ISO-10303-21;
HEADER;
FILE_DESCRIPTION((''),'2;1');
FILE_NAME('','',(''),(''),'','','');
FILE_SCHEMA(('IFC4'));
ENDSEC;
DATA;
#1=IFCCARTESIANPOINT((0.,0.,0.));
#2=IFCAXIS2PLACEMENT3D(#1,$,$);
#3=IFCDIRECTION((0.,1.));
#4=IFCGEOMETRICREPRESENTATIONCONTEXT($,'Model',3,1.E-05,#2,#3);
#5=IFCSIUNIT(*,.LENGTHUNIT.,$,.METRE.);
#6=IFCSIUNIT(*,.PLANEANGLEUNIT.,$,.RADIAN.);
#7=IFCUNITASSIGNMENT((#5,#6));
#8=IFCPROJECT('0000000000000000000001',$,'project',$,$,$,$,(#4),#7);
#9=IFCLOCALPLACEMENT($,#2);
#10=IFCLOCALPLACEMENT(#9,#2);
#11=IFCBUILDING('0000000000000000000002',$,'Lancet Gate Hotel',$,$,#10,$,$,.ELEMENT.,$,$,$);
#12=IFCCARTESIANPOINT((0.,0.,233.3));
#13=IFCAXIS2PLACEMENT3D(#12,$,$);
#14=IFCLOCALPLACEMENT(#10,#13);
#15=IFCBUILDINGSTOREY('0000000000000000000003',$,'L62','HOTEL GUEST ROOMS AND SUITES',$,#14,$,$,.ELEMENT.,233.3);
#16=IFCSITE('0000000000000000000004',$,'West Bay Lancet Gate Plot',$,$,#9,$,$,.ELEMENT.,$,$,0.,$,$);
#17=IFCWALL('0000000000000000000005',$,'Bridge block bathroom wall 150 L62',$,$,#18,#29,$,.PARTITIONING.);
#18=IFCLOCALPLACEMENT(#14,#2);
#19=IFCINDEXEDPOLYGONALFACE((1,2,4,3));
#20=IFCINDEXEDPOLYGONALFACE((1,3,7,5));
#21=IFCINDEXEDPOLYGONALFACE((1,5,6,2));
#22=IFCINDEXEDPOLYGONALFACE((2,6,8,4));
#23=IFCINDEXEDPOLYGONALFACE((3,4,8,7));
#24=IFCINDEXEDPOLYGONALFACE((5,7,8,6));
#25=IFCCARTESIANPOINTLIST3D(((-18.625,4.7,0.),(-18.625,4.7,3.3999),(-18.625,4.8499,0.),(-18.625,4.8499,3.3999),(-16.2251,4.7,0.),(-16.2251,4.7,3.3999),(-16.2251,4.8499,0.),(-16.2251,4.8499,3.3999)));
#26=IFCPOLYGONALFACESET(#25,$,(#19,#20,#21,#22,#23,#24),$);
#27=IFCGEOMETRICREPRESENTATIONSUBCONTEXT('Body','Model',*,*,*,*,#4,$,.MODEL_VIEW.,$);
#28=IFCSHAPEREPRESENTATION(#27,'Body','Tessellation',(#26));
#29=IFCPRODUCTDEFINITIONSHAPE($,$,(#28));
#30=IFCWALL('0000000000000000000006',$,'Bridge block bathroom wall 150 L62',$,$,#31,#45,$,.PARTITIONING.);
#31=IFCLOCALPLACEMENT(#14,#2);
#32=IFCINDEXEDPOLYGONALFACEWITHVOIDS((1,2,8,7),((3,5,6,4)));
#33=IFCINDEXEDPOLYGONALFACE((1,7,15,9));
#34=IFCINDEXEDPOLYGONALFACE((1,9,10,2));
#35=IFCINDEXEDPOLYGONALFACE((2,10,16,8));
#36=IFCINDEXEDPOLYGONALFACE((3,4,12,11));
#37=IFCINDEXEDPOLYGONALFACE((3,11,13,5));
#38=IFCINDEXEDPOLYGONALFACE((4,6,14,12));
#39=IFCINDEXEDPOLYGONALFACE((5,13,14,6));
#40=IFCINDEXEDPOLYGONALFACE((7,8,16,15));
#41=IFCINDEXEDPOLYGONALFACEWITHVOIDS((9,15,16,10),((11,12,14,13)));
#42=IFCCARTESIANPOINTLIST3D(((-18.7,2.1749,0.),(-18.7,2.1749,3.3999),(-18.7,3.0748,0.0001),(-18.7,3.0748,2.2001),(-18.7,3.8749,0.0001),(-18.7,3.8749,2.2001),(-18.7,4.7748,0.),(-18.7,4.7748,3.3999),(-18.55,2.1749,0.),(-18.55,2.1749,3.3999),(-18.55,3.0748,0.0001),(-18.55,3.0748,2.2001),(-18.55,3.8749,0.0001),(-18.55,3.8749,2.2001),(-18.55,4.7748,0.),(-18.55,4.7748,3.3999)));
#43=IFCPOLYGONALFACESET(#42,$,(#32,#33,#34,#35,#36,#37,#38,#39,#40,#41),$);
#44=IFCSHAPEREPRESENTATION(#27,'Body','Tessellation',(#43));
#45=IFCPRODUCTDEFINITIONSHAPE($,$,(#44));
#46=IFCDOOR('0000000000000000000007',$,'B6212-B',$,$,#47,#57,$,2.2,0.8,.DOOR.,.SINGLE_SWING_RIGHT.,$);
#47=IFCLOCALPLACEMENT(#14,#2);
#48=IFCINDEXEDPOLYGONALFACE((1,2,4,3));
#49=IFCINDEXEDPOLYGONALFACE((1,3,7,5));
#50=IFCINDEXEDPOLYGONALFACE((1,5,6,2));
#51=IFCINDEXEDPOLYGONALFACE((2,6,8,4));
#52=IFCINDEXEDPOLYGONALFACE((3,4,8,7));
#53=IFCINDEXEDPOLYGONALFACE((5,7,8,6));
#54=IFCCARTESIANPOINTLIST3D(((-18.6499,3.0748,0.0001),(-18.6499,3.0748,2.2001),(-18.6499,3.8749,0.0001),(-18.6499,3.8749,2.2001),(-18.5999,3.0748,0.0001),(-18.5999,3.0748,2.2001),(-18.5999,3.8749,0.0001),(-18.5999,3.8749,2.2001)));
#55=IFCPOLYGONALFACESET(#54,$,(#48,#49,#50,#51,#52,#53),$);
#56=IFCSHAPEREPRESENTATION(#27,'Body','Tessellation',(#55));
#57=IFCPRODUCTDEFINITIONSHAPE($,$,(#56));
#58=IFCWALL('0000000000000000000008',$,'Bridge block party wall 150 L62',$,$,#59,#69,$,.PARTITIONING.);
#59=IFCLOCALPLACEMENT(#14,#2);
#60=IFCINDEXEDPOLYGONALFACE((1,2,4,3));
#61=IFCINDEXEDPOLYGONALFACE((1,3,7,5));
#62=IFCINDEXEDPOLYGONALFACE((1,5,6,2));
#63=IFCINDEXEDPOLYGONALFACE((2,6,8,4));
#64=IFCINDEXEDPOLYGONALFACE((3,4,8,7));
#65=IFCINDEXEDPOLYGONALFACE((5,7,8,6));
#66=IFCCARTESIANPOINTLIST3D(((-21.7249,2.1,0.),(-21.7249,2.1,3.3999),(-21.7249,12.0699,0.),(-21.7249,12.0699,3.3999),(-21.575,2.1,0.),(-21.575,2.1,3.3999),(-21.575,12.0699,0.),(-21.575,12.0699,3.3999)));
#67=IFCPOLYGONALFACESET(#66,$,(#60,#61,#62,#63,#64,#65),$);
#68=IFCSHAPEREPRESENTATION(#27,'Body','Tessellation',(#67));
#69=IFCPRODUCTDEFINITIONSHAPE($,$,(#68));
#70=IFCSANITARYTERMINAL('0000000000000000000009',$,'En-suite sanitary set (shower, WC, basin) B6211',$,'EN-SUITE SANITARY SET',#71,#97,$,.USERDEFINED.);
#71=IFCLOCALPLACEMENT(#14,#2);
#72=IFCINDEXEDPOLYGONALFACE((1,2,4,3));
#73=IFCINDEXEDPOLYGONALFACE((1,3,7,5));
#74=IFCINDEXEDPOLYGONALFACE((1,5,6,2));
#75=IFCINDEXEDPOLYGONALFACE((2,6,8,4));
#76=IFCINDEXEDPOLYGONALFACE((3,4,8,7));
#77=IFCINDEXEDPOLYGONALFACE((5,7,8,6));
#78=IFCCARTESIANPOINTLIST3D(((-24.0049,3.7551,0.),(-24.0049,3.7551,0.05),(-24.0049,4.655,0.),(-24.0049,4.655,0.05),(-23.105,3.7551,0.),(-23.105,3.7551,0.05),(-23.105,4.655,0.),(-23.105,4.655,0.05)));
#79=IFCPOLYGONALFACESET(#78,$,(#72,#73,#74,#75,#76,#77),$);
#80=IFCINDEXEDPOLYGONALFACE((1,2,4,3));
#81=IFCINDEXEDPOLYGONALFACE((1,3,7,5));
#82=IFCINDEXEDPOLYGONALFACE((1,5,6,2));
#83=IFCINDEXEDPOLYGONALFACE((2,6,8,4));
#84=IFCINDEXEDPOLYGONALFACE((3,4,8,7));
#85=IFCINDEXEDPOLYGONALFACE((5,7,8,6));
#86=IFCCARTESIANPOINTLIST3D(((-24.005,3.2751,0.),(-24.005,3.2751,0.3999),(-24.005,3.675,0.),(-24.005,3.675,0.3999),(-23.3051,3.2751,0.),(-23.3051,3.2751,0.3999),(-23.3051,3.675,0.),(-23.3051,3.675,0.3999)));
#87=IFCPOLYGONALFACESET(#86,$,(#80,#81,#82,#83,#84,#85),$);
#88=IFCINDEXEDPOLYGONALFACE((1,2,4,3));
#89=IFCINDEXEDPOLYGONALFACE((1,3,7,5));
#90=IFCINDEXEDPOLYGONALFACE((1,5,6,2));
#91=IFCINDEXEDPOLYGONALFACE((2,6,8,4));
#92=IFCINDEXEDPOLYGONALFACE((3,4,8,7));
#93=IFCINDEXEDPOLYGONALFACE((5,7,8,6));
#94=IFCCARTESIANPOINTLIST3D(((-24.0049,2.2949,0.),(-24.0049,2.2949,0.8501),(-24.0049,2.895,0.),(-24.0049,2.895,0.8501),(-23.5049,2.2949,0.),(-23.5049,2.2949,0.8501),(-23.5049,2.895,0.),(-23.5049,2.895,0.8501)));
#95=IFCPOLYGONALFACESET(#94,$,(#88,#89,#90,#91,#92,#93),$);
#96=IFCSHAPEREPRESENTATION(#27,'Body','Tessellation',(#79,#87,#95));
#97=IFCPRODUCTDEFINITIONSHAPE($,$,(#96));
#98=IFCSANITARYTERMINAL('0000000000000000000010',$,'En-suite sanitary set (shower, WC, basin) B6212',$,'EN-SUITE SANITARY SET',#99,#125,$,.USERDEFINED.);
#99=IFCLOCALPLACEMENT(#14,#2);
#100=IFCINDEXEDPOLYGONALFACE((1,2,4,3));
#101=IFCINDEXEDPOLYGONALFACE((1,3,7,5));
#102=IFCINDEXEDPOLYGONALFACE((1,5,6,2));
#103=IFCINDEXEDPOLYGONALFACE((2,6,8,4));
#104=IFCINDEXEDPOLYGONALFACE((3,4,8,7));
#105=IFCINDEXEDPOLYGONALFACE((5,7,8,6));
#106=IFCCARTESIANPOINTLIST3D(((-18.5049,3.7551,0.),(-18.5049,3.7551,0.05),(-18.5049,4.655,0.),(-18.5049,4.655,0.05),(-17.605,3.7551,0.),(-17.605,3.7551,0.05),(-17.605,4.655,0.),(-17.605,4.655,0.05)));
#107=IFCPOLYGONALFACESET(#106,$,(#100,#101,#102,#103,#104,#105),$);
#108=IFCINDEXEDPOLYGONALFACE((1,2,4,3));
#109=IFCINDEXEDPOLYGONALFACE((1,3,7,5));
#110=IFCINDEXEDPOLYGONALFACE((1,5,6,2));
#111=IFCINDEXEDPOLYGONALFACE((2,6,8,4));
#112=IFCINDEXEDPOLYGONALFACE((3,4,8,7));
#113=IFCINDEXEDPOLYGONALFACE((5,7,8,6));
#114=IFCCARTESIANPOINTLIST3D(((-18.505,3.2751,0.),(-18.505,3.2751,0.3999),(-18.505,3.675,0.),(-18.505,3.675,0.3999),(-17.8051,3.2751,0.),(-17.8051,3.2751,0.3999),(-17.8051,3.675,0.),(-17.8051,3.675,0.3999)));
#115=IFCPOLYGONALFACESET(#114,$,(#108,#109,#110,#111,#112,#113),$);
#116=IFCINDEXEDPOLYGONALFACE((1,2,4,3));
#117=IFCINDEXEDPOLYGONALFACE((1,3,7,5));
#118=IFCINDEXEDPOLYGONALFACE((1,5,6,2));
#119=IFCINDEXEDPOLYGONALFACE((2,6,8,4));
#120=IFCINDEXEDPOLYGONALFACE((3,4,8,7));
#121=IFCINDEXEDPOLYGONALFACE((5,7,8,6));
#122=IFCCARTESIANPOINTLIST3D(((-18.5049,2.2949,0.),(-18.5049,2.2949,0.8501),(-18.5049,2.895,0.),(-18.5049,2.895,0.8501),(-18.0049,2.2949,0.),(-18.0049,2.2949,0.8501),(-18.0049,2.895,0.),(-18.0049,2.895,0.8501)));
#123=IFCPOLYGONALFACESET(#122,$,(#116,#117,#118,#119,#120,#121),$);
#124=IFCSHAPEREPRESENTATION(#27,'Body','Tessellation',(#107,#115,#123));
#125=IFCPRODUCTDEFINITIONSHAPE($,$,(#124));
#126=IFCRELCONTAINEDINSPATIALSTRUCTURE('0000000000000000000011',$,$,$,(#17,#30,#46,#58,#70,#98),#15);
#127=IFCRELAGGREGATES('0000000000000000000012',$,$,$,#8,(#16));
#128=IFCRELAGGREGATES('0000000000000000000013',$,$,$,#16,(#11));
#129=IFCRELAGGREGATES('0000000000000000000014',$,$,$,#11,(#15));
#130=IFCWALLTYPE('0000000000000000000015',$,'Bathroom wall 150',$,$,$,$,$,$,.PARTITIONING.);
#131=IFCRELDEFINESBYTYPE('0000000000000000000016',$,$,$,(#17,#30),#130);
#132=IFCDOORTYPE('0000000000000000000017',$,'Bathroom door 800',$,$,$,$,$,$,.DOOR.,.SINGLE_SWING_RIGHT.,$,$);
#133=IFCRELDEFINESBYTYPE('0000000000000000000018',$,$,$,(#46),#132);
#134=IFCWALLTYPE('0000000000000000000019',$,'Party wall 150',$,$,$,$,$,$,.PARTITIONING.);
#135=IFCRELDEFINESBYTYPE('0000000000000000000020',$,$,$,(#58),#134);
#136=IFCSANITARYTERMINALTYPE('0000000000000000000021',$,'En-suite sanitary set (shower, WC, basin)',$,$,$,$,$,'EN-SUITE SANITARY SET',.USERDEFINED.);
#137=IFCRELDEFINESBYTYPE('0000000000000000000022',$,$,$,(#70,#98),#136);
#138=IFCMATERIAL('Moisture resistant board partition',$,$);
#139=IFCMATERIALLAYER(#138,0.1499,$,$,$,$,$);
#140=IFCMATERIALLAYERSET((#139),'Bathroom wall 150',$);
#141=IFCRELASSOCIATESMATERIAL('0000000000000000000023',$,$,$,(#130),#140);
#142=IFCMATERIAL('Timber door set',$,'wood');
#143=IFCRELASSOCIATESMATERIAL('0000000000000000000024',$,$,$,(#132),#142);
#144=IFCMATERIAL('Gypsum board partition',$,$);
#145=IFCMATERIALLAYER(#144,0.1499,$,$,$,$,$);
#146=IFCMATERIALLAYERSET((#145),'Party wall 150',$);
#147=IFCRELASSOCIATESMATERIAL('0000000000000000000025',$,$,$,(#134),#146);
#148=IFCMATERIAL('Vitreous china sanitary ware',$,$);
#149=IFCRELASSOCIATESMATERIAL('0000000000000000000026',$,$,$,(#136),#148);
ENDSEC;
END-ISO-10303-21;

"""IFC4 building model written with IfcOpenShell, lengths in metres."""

from ifc_helpers import new_model, si_unit, direction, frame, frame_2d, origin, origin_2d, place, context, subcontext, project, spatial, rectangle, extrude, material, layer, layer_set, type_object, element, fill, save


model = new_model("IFC4")

# Units and contexts
model_context = context("Model", 3, precision=1e-05, world=origin(), true_north=direction((0.0, 1.0)))
body_context = subcontext(model_context, "Body", "Model", "MODEL_VIEW")
ifc_project = project(units=[si_unit("LENGTHUNIT", "METRE"), si_unit("PLANEANGLEUNIT", "RADIAN")], contexts=[model_context])

# Site, building, storey
site_placement = place(None, origin())
site = spatial("IfcSite", under=ifc_project, at=site_placement, Name="West Bay Lancet Gate Plot", CompositionType="ELEMENT", RefElevation=0.0)
building_placement = place(site_placement, origin())
building = spatial("IfcBuilding", under=site, at=building_placement, Name="Lancet Gate Hotel", CompositionType="ELEMENT")
storey_placement = place(building_placement, frame((0.0, 0.0, 233.3)))
storey = spatial("IfcBuildingStorey", under=building, at=storey_placement, Name="L62", Description="HOTEL GUEST ROOMS AND SUITES", CompositionType="ELEMENT", Elevation=233.3)

# Shared definitions
ifc_material_1 = material(Name="Moisture resistant board partition")
ifc_layer_1 = layer(ifc_material_1, 0.1499)
ifc_layer_set_1 = layer_set([ifc_layer_1], Name="Bathroom wall 150")
wall_type_1 = type_object("IfcWallType", Name="Bathroom wall 150", PredefinedType="PARTITIONING", material=ifc_layer_set_1)

# Shared definitions
ifc_material_2 = material(Name="Timber door set", Category="wood")
door_type = type_object("IfcDoorType", Name="Bathroom door 800", OperationType="SINGLE_SWING_RIGHT", PredefinedType="DOOR", material=ifc_material_2)

# Wall
wall_1_placement = place(storey_placement, frame((-18.625, 4.7749, 0.0), z_axis=(0.0, 0.0, 1.0), x_axis=(1.0, 0.0, 0.0)))
element("IfcWall", 1, at=wall_1_placement, inside=storey, type_object=wall_type_1, Name="Bridge block bathroom wall 150 L62", PredefinedType="PARTITIONING", context=body_context, shape_type="SweptSolid", body=[
    extrude(rectangle(XDim=2.3999, YDim=0.1499, at=frame_2d((1.2, 0.0))), origin(), (0.0, 0.0, 1.0), 3.3999),
])

# Wall, opening, door
wall_2_placement = place(storey_placement, frame((-18.625, 2.175, 0.0), z_axis=(0.0, 0.0, 1.0), x_axis=(0.0, 1.0, 0.0)))
wall_2 = element("IfcWall", 2, at=wall_2_placement, inside=storey, type_object=wall_type_1, Name="Bridge block bathroom wall 150 L62", PredefinedType="PARTITIONING", context=body_context, shape_type="SweptSolid", body=[
    extrude(rectangle(XDim=2.5999, YDim=0.1499, at=frame_2d((1.2998, 0.0))), origin(), (0.0, 0.0, 1.0), 3.3999),
])
opening_1_placement = place(wall_2_placement, frame((0.8999, 0.0, 0.0)))
opening_1 = element("IfcOpeningElement", 3, at=opening_1_placement, cuts=wall_2, PredefinedType="OPENING", context=body_context, shape_type="SweptSolid", body=[
    extrude(rectangle(XDim=0.8, YDim=2.2, at=frame_2d((0.3999, 1.1001))), frame((0.0, 0.085, 0.0), z_axis=(0.0, -1.0, 0.0), x_axis=(1.0, 0.0, 0.0)), (0.0, 0.0, 1.0), 0.1699),
])
door_1_placement = place(opening_1_placement, origin())
door_1 = element("IfcDoor", 4, at=door_1_placement, inside=storey, type_object=door_type, Name="B6212-B", OperationType="SINGLE_SWING_RIGHT", OverallHeight=2.2, OverallWidth=0.8, PredefinedType="DOOR", context=body_context, shape_type="SweptSolid", body=[
    extrude(rectangle(XDim=0.8, YDim=2.2, at=frame_2d((0.3999, 1.1001))), frame((0.0, 0.0249, 0.0), z_axis=(0.0, -1.0, 0.0), x_axis=(1.0, 0.0, 0.0)), (0.0, 0.0, 1.0), 0.05),
])
fill(opening_1, door_1)

# Wall
ifc_material_3 = material(Name="Gypsum board partition")
ifc_layer_2 = layer(ifc_material_3, 0.1499)
ifc_layer_set_2 = layer_set([ifc_layer_2], Name="Party wall 150")
wall_type_2 = type_object("IfcWallType", Name="Party wall 150", PredefinedType="PARTITIONING", material=ifc_layer_set_2)
wall_3_placement = place(storey_placement, frame((-21.6499, 2.1001, 0.0), z_axis=(0.0, 0.0, 1.0), x_axis=(0.0, 1.0, 0.0)))
element("IfcWall", 5, at=wall_3_placement, inside=storey, type_object=wall_type_2, Name="Bridge block party wall 150 L62", PredefinedType="PARTITIONING", context=body_context, shape_type="SweptSolid", body=[
    extrude(rectangle(XDim=9.97, YDim=0.1499, at=frame_2d((4.9849, 0.0))), origin(), (0.0, 0.0, 1.0), 3.3999),
])

# Sanitary terminals
ifc_material_4 = material(Name="Vitreous china sanitary ware")
sanitary_terminal_type = type_object("IfcSanitaryTerminalType", Name="En-suite sanitary set (shower, WC, basin)", ElementType="EN-SUITE SANITARY SET", PredefinedType="USERDEFINED", material=ifc_material_4)
for number, where, z_axis, x_axis, name in (
    (6, (-23.5549, 4.2051, 0.0), (0.0, 0.0, 1.0), (1.0, 0.0, 0.0), "En-suite sanitary set (shower, WC, basin) B6211"),
    (7, (-18.0549, 4.2051, 0.0), (0.0, 0.0, 1.0), (1.0, 0.0, 0.0), "En-suite sanitary set (shower, WC, basin) B6212"),
):
    element("IfcSanitaryTerminal", number, at=place(storey_placement, frame(where, z_axis=z_axis, x_axis=x_axis)), inside=storey, type_object=sanitary_terminal_type, Name=name, ObjectType="EN-SUITE SANITARY SET", PredefinedType="USERDEFINED", context=body_context, shape_type="SweptSolid", body=[
        extrude(rectangle(XDim=0.8999, YDim=0.8999, at=origin_2d()), frame((0.0, 0.0, 0.0), z_axis=(0.0, 0.0, 1.0), x_axis=(0.0, 1.0, 0.0)), (0.0, 0.0, 1.0), 0.05),
        extrude(rectangle(XDim=0.3999, YDim=0.7, at=origin_2d()), frame((-0.1001, -0.73, 0.0), z_axis=(0.0, 0.0, 1.0), x_axis=(0.0, 1.0, 0.0)), (0.0, 0.0, 1.0), 0.3999),
        extrude(rectangle(XDim=0.6001, YDim=0.5, at=origin_2d()), frame((-0.2, -1.6101, 0.0), z_axis=(0.0, 0.0, 1.0), x_axis=(0.0, 1.0, 0.0)), (0.0, 0.0, 1.0), 0.8501),
    ])

save(model, "model.ifc")
